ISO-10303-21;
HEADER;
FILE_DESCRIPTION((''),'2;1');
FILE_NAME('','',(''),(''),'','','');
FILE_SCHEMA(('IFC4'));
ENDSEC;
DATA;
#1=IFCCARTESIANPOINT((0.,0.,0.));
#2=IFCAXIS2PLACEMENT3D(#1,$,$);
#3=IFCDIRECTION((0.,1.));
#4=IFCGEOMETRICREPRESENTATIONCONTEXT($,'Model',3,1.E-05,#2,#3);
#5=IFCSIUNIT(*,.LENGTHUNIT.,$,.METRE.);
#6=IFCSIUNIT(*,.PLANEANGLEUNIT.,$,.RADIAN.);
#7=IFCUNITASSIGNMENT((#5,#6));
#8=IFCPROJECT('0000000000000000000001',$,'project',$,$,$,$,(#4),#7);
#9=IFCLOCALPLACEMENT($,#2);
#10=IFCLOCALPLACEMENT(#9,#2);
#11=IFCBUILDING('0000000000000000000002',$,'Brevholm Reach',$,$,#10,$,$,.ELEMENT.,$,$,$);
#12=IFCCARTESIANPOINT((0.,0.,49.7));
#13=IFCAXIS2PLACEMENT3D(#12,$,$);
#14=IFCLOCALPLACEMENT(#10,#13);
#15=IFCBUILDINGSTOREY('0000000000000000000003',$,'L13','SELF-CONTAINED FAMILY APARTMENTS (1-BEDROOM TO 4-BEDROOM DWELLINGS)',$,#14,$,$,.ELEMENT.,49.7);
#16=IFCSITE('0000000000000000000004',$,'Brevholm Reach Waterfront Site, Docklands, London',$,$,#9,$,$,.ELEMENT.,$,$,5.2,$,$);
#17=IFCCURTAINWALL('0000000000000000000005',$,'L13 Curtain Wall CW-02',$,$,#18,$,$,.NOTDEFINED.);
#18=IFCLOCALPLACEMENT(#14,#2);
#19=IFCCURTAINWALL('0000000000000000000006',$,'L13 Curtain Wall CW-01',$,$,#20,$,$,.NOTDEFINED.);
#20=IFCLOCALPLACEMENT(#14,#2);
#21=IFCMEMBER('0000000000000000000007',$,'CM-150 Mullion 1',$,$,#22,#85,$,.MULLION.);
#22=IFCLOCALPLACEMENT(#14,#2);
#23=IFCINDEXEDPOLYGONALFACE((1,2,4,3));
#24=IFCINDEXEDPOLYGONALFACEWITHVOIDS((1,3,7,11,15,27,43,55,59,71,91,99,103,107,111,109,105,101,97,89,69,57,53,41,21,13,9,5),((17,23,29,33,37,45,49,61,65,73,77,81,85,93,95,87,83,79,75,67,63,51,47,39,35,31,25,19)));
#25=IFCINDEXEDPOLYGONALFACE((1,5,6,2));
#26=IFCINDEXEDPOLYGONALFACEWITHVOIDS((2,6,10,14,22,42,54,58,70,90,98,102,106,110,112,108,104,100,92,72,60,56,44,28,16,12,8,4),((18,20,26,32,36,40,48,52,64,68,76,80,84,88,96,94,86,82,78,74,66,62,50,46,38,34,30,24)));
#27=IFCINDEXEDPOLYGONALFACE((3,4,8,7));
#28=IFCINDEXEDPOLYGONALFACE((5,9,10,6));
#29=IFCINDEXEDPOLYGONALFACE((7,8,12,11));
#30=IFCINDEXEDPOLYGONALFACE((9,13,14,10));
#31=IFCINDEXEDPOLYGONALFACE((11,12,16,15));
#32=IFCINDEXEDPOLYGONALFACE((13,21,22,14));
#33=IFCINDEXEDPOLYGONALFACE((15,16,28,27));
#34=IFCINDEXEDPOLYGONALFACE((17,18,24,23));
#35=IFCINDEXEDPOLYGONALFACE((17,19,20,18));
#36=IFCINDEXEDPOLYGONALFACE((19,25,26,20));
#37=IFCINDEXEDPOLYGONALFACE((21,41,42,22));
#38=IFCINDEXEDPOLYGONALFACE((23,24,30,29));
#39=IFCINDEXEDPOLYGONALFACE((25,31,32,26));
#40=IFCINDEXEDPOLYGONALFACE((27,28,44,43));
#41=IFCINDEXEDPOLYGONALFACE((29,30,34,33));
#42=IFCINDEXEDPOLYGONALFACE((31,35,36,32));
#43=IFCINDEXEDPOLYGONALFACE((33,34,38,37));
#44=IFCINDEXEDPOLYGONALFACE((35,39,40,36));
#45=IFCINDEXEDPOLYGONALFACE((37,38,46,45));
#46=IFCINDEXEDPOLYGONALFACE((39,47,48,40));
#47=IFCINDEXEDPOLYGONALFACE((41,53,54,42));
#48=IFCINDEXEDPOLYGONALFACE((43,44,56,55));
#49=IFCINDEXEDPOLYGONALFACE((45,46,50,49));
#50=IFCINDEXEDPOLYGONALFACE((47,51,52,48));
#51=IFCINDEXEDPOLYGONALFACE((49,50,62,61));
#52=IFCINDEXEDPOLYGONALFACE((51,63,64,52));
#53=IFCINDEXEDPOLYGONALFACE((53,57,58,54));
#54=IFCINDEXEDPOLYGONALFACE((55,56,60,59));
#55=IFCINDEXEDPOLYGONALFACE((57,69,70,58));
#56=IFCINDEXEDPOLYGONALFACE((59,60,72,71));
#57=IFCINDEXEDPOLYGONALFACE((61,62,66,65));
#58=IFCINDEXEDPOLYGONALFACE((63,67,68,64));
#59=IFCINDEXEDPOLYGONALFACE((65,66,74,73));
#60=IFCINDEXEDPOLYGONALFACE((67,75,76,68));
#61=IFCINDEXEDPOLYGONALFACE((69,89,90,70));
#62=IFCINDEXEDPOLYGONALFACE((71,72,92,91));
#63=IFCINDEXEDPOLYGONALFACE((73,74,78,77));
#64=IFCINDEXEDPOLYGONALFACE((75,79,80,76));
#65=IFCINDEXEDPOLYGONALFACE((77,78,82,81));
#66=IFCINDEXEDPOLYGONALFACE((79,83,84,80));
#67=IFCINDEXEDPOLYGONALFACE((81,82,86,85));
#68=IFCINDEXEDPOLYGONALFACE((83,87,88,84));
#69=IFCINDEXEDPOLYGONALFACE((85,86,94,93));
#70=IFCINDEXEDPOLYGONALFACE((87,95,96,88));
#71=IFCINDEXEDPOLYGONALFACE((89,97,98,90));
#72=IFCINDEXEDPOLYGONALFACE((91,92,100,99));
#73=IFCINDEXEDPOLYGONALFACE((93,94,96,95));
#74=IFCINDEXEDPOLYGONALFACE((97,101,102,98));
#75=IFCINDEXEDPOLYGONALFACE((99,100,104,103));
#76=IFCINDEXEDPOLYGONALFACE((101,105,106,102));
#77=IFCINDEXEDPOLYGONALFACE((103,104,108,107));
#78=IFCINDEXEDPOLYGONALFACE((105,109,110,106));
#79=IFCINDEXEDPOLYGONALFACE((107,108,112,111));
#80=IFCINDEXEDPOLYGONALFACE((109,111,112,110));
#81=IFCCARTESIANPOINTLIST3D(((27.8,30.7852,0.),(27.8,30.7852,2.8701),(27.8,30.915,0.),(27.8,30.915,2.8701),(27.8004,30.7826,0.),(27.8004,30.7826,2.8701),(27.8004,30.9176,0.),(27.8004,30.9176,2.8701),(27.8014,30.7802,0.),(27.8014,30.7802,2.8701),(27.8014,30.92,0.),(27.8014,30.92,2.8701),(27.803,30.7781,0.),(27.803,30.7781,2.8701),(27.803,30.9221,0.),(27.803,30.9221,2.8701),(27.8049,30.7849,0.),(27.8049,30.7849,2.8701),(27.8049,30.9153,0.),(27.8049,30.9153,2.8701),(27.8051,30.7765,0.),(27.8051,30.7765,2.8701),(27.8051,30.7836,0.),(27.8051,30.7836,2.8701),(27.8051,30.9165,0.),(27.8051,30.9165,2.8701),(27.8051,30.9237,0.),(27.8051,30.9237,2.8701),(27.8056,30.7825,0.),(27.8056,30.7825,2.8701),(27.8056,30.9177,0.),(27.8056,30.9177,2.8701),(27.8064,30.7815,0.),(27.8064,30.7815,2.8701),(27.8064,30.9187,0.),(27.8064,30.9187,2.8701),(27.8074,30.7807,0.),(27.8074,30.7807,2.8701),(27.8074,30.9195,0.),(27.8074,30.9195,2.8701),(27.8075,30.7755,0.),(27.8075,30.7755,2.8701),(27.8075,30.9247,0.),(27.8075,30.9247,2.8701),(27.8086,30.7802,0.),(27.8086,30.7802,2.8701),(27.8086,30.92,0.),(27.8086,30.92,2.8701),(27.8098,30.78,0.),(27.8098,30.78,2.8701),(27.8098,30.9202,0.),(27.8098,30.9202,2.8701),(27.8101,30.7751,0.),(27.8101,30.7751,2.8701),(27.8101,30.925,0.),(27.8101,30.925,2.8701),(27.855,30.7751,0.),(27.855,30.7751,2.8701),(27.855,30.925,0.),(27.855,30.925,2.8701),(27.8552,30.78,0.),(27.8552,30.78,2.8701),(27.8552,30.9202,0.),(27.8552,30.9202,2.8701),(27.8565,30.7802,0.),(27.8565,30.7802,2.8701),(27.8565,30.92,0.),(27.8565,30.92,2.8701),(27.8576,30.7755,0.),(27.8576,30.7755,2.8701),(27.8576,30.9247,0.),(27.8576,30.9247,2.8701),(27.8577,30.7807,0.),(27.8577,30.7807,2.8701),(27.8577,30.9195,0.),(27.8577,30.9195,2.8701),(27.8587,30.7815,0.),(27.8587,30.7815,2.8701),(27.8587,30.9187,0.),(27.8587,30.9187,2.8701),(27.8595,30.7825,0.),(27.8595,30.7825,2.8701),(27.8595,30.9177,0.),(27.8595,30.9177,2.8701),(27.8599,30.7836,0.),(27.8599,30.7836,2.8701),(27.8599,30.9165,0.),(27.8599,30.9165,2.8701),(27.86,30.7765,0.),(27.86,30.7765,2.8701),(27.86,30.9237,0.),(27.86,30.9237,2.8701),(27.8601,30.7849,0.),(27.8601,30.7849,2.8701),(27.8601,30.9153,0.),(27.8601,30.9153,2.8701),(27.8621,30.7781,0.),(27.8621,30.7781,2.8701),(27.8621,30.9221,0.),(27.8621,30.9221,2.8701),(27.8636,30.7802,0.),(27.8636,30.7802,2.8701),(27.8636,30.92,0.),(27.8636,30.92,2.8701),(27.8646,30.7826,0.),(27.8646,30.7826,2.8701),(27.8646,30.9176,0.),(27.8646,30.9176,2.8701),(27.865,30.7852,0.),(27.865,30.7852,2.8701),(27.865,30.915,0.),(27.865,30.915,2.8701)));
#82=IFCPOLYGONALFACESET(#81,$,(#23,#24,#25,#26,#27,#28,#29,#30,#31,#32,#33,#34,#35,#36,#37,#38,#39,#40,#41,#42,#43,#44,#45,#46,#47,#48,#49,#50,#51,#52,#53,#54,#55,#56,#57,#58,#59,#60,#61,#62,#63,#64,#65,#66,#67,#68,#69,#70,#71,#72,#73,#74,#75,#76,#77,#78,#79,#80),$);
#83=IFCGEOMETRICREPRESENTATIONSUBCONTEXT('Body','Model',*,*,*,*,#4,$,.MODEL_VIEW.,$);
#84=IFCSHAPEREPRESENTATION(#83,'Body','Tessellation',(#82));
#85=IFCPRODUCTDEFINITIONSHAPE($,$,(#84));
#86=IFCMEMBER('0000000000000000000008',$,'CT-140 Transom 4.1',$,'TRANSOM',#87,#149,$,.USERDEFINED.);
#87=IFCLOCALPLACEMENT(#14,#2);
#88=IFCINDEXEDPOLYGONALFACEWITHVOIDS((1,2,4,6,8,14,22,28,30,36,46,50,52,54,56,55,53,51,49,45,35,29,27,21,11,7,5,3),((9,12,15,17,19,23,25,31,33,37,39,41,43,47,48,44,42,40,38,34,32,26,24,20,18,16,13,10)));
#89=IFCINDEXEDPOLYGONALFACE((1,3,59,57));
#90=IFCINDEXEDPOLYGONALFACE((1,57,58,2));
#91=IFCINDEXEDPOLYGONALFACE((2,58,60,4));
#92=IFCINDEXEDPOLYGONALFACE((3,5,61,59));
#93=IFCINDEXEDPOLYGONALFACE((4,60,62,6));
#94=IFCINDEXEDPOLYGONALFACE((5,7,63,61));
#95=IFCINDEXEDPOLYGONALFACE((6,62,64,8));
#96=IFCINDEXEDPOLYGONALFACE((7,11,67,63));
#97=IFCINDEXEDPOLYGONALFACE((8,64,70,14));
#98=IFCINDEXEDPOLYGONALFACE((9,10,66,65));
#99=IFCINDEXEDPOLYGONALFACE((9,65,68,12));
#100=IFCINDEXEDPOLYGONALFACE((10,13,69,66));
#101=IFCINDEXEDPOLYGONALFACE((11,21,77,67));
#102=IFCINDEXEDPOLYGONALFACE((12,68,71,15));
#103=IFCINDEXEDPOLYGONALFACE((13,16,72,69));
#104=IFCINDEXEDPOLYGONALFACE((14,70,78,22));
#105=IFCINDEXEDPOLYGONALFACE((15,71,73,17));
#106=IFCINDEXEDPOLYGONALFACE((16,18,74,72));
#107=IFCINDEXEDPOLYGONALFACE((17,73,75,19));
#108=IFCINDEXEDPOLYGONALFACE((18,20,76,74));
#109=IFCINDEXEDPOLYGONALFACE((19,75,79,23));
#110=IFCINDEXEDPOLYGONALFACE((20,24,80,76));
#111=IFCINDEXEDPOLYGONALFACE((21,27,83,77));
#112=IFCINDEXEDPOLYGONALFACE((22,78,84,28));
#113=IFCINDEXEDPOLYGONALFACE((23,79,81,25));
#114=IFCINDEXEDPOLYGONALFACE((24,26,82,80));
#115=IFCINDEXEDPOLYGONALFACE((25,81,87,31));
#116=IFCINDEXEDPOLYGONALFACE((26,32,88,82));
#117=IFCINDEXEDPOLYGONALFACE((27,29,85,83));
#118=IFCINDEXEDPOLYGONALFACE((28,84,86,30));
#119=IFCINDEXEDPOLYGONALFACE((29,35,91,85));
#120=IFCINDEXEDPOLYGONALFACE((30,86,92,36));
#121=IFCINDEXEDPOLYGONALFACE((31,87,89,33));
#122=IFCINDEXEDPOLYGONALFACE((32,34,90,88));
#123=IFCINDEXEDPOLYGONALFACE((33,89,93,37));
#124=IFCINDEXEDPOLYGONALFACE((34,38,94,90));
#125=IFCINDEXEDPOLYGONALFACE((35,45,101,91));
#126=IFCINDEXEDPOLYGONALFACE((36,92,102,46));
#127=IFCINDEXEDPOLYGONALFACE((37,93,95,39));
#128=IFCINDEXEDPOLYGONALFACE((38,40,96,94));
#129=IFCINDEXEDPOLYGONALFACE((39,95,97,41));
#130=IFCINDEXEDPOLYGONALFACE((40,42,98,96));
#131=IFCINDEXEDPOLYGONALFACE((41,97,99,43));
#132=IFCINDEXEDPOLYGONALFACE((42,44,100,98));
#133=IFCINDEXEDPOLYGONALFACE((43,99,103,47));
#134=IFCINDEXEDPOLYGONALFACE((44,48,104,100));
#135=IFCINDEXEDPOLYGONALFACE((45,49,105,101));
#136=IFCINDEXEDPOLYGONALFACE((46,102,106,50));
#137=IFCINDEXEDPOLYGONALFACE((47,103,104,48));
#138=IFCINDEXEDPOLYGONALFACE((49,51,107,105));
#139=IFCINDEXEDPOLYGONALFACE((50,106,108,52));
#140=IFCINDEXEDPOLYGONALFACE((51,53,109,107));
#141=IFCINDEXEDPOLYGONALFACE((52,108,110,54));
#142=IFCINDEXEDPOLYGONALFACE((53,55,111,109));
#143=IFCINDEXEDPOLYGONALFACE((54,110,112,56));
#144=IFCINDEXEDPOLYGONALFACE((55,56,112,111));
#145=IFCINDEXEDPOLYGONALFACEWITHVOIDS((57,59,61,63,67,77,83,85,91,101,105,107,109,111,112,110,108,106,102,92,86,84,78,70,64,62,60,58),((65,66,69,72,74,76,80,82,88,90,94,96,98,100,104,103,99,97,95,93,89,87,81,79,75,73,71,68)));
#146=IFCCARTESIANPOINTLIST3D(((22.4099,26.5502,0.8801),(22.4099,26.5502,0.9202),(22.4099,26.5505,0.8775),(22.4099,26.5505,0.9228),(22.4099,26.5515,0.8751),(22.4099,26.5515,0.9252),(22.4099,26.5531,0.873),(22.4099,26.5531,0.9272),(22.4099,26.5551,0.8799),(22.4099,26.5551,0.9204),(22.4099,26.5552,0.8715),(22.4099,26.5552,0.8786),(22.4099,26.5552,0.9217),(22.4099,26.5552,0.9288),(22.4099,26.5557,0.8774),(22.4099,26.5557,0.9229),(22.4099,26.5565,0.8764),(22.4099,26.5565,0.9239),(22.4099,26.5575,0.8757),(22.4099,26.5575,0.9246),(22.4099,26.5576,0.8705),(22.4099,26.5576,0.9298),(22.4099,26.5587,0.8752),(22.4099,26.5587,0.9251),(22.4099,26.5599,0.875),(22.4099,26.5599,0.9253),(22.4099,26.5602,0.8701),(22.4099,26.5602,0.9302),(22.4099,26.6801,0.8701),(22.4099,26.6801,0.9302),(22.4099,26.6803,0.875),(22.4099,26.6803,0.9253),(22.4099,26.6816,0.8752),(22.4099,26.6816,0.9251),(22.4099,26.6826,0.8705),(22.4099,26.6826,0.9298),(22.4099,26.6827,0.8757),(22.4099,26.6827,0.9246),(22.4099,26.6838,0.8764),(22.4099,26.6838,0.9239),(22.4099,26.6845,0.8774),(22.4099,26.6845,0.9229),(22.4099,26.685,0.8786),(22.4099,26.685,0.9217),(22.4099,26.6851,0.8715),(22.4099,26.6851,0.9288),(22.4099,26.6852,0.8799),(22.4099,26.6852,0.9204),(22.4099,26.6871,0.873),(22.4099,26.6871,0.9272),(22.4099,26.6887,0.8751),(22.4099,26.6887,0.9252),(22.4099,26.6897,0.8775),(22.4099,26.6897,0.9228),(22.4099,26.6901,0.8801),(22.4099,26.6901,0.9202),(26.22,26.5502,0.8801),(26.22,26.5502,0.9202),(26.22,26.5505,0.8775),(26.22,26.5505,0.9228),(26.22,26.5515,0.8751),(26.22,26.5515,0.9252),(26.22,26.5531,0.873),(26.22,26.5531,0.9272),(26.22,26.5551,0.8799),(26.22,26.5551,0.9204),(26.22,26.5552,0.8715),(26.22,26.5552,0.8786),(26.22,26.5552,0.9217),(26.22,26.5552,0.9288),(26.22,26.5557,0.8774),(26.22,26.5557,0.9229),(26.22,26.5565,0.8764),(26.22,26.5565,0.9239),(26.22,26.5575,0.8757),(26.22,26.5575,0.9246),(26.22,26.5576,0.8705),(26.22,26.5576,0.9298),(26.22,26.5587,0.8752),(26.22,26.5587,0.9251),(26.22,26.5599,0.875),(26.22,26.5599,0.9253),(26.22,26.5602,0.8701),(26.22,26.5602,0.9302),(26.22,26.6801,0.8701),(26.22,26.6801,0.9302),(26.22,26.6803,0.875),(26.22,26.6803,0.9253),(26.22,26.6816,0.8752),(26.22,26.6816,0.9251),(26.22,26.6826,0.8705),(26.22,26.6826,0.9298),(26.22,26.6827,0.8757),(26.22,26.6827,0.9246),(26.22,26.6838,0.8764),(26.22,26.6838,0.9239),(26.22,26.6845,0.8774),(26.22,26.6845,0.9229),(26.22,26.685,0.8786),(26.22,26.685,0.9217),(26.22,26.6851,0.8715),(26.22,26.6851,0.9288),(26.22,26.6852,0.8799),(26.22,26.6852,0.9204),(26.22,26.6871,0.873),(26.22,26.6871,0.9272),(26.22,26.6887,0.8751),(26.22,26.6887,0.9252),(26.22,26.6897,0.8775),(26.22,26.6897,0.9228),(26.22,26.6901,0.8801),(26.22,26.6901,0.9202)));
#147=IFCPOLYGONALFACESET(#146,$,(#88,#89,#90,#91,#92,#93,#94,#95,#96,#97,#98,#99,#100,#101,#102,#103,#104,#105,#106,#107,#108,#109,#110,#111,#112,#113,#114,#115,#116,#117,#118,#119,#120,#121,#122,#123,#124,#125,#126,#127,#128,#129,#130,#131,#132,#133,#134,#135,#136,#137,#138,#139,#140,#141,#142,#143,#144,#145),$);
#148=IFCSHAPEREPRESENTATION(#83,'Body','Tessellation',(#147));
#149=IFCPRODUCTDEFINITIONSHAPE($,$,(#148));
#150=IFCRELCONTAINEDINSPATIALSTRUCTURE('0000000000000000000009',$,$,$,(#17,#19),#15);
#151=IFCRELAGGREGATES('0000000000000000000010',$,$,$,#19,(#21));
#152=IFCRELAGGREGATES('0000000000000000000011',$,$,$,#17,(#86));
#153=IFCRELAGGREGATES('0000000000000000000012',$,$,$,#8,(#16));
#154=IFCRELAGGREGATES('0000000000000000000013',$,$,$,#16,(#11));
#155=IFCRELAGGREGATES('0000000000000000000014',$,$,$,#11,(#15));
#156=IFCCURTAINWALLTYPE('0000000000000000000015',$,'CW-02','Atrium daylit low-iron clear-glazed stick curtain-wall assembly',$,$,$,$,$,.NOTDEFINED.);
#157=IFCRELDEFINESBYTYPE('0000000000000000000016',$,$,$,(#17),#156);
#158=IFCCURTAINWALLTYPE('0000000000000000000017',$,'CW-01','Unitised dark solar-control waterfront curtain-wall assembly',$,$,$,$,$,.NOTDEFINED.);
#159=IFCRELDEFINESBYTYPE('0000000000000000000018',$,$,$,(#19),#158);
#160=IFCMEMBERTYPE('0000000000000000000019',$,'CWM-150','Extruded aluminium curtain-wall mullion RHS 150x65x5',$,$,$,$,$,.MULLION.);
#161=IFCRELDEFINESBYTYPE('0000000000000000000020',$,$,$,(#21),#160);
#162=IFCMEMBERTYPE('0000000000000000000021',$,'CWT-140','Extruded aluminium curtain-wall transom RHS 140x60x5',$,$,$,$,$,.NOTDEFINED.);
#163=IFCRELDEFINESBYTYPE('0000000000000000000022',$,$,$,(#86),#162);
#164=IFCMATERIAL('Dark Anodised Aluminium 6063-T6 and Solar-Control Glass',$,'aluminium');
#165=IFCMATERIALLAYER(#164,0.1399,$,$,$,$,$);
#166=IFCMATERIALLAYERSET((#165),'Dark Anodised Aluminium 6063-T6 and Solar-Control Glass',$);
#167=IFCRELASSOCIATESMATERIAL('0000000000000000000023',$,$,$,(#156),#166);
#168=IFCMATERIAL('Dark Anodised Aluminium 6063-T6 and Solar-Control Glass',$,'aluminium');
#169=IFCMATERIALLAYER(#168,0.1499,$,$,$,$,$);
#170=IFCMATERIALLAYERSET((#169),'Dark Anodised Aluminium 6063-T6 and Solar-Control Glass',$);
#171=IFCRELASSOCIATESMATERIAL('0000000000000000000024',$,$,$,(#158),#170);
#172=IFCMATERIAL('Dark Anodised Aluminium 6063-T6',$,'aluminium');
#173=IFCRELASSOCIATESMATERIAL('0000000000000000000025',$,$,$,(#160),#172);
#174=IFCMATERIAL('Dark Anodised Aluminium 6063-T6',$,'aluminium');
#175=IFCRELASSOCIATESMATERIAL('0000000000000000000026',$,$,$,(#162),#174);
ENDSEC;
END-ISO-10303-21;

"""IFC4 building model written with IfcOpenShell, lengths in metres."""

from ifc_helpers import new_model, si_unit, direction, frame, origin, origin_2d, place, context, subcontext, project, spatial, hollow_rectangle, extrude, material, layer, layer_set, material_profile, profile_set, type_object, element, aggregate, save


model = new_model("IFC4")

# Units and contexts
model_context = context("Model", 3, precision=1e-05, world=origin(), true_north=direction((0.0, 1.0)))
body_context = subcontext(model_context, "Body", "Model", "MODEL_VIEW")
ifc_project = project(units=[si_unit("LENGTHUNIT", "METRE"), si_unit("PLANEANGLEUNIT", "RADIAN")], contexts=[model_context])

# Site, building, storey
site_placement = place(None, origin())
site = spatial("IfcSite", under=ifc_project, at=site_placement, Name="Brevholm Reach Waterfront Site, Docklands, London", CompositionType="ELEMENT", RefElevation=5.2)
building_placement = place(site_placement, origin())
building = spatial("IfcBuilding", under=site, at=building_placement, Name="Brevholm Reach", CompositionType="ELEMENT")
storey_placement = place(building_placement, frame((0.0, 0.0, 49.7)))
storey = spatial("IfcBuildingStorey", under=building, at=storey_placement, Name="L13", Description="SELF-CONTAINED FAMILY APARTMENTS (1-BEDROOM TO 4-BEDROOM DWELLINGS)", CompositionType="ELEMENT", Elevation=49.7)

# Curtain wall
ifc_material_1 = material(Name="Dark Anodised Aluminium 6063-T6 and Solar-Control Glass", Category="aluminium")
ifc_layer_1 = layer(ifc_material_1, 0.1399)
ifc_layer_set_1 = layer_set([ifc_layer_1], Name="Dark Anodised Aluminium 6063-T6 and Solar-Control Glass")
curtain_wall_type_1 = type_object("IfcCurtainWallType", Name="CW-02", Description="Atrium daylit low-iron clear-glazed stick curtain-wall assembly", PredefinedType="NOTDEFINED", material=ifc_layer_set_1)
curtain_wall_1_placement = place(storey_placement, origin())
curtain_wall_1 = element("IfcCurtainWall", 1, at=curtain_wall_1_placement, inside=storey, type_object=curtain_wall_type_1, Name="L13 Curtain Wall CW-02", PredefinedType="NOTDEFINED")

# Curtain wall, member
ifc_material_2 = material(Name="Dark Anodised Aluminium 6063-T6 and Solar-Control Glass", Category="aluminium")
ifc_layer_2 = layer(ifc_material_2, 0.1499)
ifc_layer_set_2 = layer_set([ifc_layer_2], Name="Dark Anodised Aluminium 6063-T6 and Solar-Control Glass")
curtain_wall_type_2 = type_object("IfcCurtainWallType", Name="CW-01", Description="Unitised dark solar-control waterfront curtain-wall assembly", PredefinedType="NOTDEFINED", material=ifc_layer_set_2)
curtain_wall_2_placement = place(storey_placement, origin())
curtain_wall_2 = element("IfcCurtainWall", 2, at=curtain_wall_2_placement, inside=storey, type_object=curtain_wall_type_2, Name="L13 Curtain Wall CW-01", PredefinedType="NOTDEFINED")
ifc_material_3 = material(Name="Dark Anodised Aluminium 6063-T6", Category="aluminium")
ifc_material_profile_1 = material_profile(ifc_material_3, hollow_rectangle(XDim=0.0649, YDim=0.1499, WallThickness=0.0049, InnerFilletRadius=0.0049, OuterFilletRadius=0.01, at=origin_2d()), Name="RHS 150x65x5")
ifc_profile_set_1 = profile_set([ifc_material_profile_1], Name="Dark Anodised Aluminium 6063-T6")
member_type_1 = type_object("IfcMemberType", Name="CWM-150", Description="Extruded aluminium curtain-wall mullion RHS 150x65x5", PredefinedType="MULLION", material=ifc_profile_set_1)
member_1_placement = place(storey_placement, frame((27.8325, 30.8501, 0.0), z_axis=(0.0, 0.0, 1.0), x_axis=(1.0, 0.0, 0.0)))
member_1 = element("IfcMember", 3, at=member_1_placement, type_object=member_type_1, Name="CM-150 Mullion 1", PredefinedType="MULLION", context=body_context, shape_type="SweptSolid", body=[
    extrude(hollow_rectangle(XDim=0.0649, YDim=0.1499, WallThickness=0.0049, InnerFilletRadius=0.0049, OuterFilletRadius=0.01, at=origin_2d()), origin(), (0.0, 0.0, 1.0), 2.8701),
])

# Member
ifc_material_4 = material(Name="Dark Anodised Aluminium 6063-T6", Category="aluminium")
ifc_material_profile_2 = material_profile(ifc_material_4, hollow_rectangle(XDim=0.0601, YDim=0.1399, WallThickness=0.0049, InnerFilletRadius=0.0049, OuterFilletRadius=0.01, at=origin_2d()), Name="RHS 140x60x5")
ifc_profile_set_2 = profile_set([ifc_material_profile_2], Name="Dark Anodised Aluminium 6063-T6")
member_type_2 = type_object("IfcMemberType", Name="CWT-140", Description="Extruded aluminium curtain-wall transom RHS 140x60x5", PredefinedType="NOTDEFINED", material=ifc_profile_set_2)
member_2_placement = place(storey_placement, frame((26.22, 26.6201, 0.9001), z_axis=(-1.0, 0.0, 0.0), x_axis=(0.0, 0.0, 1.0)))
member_2 = element("IfcMember", 4, at=member_2_placement, type_object=member_type_2, Name="CT-140 Transom 4.1", ObjectType="TRANSOM", PredefinedType="USERDEFINED", context=body_context, shape_type="SweptSolid", body=[
    extrude(hollow_rectangle(XDim=0.0601, YDim=0.1399, WallThickness=0.0049, InnerFilletRadius=0.0049, OuterFilletRadius=0.01, at=origin_2d()), origin(), (0.0, 0.0, 1.0), 3.8101),
])
aggregate(curtain_wall_2, [member_1])

aggregate(curtain_wall_1, [member_2])

save(model, "model.ifc")
